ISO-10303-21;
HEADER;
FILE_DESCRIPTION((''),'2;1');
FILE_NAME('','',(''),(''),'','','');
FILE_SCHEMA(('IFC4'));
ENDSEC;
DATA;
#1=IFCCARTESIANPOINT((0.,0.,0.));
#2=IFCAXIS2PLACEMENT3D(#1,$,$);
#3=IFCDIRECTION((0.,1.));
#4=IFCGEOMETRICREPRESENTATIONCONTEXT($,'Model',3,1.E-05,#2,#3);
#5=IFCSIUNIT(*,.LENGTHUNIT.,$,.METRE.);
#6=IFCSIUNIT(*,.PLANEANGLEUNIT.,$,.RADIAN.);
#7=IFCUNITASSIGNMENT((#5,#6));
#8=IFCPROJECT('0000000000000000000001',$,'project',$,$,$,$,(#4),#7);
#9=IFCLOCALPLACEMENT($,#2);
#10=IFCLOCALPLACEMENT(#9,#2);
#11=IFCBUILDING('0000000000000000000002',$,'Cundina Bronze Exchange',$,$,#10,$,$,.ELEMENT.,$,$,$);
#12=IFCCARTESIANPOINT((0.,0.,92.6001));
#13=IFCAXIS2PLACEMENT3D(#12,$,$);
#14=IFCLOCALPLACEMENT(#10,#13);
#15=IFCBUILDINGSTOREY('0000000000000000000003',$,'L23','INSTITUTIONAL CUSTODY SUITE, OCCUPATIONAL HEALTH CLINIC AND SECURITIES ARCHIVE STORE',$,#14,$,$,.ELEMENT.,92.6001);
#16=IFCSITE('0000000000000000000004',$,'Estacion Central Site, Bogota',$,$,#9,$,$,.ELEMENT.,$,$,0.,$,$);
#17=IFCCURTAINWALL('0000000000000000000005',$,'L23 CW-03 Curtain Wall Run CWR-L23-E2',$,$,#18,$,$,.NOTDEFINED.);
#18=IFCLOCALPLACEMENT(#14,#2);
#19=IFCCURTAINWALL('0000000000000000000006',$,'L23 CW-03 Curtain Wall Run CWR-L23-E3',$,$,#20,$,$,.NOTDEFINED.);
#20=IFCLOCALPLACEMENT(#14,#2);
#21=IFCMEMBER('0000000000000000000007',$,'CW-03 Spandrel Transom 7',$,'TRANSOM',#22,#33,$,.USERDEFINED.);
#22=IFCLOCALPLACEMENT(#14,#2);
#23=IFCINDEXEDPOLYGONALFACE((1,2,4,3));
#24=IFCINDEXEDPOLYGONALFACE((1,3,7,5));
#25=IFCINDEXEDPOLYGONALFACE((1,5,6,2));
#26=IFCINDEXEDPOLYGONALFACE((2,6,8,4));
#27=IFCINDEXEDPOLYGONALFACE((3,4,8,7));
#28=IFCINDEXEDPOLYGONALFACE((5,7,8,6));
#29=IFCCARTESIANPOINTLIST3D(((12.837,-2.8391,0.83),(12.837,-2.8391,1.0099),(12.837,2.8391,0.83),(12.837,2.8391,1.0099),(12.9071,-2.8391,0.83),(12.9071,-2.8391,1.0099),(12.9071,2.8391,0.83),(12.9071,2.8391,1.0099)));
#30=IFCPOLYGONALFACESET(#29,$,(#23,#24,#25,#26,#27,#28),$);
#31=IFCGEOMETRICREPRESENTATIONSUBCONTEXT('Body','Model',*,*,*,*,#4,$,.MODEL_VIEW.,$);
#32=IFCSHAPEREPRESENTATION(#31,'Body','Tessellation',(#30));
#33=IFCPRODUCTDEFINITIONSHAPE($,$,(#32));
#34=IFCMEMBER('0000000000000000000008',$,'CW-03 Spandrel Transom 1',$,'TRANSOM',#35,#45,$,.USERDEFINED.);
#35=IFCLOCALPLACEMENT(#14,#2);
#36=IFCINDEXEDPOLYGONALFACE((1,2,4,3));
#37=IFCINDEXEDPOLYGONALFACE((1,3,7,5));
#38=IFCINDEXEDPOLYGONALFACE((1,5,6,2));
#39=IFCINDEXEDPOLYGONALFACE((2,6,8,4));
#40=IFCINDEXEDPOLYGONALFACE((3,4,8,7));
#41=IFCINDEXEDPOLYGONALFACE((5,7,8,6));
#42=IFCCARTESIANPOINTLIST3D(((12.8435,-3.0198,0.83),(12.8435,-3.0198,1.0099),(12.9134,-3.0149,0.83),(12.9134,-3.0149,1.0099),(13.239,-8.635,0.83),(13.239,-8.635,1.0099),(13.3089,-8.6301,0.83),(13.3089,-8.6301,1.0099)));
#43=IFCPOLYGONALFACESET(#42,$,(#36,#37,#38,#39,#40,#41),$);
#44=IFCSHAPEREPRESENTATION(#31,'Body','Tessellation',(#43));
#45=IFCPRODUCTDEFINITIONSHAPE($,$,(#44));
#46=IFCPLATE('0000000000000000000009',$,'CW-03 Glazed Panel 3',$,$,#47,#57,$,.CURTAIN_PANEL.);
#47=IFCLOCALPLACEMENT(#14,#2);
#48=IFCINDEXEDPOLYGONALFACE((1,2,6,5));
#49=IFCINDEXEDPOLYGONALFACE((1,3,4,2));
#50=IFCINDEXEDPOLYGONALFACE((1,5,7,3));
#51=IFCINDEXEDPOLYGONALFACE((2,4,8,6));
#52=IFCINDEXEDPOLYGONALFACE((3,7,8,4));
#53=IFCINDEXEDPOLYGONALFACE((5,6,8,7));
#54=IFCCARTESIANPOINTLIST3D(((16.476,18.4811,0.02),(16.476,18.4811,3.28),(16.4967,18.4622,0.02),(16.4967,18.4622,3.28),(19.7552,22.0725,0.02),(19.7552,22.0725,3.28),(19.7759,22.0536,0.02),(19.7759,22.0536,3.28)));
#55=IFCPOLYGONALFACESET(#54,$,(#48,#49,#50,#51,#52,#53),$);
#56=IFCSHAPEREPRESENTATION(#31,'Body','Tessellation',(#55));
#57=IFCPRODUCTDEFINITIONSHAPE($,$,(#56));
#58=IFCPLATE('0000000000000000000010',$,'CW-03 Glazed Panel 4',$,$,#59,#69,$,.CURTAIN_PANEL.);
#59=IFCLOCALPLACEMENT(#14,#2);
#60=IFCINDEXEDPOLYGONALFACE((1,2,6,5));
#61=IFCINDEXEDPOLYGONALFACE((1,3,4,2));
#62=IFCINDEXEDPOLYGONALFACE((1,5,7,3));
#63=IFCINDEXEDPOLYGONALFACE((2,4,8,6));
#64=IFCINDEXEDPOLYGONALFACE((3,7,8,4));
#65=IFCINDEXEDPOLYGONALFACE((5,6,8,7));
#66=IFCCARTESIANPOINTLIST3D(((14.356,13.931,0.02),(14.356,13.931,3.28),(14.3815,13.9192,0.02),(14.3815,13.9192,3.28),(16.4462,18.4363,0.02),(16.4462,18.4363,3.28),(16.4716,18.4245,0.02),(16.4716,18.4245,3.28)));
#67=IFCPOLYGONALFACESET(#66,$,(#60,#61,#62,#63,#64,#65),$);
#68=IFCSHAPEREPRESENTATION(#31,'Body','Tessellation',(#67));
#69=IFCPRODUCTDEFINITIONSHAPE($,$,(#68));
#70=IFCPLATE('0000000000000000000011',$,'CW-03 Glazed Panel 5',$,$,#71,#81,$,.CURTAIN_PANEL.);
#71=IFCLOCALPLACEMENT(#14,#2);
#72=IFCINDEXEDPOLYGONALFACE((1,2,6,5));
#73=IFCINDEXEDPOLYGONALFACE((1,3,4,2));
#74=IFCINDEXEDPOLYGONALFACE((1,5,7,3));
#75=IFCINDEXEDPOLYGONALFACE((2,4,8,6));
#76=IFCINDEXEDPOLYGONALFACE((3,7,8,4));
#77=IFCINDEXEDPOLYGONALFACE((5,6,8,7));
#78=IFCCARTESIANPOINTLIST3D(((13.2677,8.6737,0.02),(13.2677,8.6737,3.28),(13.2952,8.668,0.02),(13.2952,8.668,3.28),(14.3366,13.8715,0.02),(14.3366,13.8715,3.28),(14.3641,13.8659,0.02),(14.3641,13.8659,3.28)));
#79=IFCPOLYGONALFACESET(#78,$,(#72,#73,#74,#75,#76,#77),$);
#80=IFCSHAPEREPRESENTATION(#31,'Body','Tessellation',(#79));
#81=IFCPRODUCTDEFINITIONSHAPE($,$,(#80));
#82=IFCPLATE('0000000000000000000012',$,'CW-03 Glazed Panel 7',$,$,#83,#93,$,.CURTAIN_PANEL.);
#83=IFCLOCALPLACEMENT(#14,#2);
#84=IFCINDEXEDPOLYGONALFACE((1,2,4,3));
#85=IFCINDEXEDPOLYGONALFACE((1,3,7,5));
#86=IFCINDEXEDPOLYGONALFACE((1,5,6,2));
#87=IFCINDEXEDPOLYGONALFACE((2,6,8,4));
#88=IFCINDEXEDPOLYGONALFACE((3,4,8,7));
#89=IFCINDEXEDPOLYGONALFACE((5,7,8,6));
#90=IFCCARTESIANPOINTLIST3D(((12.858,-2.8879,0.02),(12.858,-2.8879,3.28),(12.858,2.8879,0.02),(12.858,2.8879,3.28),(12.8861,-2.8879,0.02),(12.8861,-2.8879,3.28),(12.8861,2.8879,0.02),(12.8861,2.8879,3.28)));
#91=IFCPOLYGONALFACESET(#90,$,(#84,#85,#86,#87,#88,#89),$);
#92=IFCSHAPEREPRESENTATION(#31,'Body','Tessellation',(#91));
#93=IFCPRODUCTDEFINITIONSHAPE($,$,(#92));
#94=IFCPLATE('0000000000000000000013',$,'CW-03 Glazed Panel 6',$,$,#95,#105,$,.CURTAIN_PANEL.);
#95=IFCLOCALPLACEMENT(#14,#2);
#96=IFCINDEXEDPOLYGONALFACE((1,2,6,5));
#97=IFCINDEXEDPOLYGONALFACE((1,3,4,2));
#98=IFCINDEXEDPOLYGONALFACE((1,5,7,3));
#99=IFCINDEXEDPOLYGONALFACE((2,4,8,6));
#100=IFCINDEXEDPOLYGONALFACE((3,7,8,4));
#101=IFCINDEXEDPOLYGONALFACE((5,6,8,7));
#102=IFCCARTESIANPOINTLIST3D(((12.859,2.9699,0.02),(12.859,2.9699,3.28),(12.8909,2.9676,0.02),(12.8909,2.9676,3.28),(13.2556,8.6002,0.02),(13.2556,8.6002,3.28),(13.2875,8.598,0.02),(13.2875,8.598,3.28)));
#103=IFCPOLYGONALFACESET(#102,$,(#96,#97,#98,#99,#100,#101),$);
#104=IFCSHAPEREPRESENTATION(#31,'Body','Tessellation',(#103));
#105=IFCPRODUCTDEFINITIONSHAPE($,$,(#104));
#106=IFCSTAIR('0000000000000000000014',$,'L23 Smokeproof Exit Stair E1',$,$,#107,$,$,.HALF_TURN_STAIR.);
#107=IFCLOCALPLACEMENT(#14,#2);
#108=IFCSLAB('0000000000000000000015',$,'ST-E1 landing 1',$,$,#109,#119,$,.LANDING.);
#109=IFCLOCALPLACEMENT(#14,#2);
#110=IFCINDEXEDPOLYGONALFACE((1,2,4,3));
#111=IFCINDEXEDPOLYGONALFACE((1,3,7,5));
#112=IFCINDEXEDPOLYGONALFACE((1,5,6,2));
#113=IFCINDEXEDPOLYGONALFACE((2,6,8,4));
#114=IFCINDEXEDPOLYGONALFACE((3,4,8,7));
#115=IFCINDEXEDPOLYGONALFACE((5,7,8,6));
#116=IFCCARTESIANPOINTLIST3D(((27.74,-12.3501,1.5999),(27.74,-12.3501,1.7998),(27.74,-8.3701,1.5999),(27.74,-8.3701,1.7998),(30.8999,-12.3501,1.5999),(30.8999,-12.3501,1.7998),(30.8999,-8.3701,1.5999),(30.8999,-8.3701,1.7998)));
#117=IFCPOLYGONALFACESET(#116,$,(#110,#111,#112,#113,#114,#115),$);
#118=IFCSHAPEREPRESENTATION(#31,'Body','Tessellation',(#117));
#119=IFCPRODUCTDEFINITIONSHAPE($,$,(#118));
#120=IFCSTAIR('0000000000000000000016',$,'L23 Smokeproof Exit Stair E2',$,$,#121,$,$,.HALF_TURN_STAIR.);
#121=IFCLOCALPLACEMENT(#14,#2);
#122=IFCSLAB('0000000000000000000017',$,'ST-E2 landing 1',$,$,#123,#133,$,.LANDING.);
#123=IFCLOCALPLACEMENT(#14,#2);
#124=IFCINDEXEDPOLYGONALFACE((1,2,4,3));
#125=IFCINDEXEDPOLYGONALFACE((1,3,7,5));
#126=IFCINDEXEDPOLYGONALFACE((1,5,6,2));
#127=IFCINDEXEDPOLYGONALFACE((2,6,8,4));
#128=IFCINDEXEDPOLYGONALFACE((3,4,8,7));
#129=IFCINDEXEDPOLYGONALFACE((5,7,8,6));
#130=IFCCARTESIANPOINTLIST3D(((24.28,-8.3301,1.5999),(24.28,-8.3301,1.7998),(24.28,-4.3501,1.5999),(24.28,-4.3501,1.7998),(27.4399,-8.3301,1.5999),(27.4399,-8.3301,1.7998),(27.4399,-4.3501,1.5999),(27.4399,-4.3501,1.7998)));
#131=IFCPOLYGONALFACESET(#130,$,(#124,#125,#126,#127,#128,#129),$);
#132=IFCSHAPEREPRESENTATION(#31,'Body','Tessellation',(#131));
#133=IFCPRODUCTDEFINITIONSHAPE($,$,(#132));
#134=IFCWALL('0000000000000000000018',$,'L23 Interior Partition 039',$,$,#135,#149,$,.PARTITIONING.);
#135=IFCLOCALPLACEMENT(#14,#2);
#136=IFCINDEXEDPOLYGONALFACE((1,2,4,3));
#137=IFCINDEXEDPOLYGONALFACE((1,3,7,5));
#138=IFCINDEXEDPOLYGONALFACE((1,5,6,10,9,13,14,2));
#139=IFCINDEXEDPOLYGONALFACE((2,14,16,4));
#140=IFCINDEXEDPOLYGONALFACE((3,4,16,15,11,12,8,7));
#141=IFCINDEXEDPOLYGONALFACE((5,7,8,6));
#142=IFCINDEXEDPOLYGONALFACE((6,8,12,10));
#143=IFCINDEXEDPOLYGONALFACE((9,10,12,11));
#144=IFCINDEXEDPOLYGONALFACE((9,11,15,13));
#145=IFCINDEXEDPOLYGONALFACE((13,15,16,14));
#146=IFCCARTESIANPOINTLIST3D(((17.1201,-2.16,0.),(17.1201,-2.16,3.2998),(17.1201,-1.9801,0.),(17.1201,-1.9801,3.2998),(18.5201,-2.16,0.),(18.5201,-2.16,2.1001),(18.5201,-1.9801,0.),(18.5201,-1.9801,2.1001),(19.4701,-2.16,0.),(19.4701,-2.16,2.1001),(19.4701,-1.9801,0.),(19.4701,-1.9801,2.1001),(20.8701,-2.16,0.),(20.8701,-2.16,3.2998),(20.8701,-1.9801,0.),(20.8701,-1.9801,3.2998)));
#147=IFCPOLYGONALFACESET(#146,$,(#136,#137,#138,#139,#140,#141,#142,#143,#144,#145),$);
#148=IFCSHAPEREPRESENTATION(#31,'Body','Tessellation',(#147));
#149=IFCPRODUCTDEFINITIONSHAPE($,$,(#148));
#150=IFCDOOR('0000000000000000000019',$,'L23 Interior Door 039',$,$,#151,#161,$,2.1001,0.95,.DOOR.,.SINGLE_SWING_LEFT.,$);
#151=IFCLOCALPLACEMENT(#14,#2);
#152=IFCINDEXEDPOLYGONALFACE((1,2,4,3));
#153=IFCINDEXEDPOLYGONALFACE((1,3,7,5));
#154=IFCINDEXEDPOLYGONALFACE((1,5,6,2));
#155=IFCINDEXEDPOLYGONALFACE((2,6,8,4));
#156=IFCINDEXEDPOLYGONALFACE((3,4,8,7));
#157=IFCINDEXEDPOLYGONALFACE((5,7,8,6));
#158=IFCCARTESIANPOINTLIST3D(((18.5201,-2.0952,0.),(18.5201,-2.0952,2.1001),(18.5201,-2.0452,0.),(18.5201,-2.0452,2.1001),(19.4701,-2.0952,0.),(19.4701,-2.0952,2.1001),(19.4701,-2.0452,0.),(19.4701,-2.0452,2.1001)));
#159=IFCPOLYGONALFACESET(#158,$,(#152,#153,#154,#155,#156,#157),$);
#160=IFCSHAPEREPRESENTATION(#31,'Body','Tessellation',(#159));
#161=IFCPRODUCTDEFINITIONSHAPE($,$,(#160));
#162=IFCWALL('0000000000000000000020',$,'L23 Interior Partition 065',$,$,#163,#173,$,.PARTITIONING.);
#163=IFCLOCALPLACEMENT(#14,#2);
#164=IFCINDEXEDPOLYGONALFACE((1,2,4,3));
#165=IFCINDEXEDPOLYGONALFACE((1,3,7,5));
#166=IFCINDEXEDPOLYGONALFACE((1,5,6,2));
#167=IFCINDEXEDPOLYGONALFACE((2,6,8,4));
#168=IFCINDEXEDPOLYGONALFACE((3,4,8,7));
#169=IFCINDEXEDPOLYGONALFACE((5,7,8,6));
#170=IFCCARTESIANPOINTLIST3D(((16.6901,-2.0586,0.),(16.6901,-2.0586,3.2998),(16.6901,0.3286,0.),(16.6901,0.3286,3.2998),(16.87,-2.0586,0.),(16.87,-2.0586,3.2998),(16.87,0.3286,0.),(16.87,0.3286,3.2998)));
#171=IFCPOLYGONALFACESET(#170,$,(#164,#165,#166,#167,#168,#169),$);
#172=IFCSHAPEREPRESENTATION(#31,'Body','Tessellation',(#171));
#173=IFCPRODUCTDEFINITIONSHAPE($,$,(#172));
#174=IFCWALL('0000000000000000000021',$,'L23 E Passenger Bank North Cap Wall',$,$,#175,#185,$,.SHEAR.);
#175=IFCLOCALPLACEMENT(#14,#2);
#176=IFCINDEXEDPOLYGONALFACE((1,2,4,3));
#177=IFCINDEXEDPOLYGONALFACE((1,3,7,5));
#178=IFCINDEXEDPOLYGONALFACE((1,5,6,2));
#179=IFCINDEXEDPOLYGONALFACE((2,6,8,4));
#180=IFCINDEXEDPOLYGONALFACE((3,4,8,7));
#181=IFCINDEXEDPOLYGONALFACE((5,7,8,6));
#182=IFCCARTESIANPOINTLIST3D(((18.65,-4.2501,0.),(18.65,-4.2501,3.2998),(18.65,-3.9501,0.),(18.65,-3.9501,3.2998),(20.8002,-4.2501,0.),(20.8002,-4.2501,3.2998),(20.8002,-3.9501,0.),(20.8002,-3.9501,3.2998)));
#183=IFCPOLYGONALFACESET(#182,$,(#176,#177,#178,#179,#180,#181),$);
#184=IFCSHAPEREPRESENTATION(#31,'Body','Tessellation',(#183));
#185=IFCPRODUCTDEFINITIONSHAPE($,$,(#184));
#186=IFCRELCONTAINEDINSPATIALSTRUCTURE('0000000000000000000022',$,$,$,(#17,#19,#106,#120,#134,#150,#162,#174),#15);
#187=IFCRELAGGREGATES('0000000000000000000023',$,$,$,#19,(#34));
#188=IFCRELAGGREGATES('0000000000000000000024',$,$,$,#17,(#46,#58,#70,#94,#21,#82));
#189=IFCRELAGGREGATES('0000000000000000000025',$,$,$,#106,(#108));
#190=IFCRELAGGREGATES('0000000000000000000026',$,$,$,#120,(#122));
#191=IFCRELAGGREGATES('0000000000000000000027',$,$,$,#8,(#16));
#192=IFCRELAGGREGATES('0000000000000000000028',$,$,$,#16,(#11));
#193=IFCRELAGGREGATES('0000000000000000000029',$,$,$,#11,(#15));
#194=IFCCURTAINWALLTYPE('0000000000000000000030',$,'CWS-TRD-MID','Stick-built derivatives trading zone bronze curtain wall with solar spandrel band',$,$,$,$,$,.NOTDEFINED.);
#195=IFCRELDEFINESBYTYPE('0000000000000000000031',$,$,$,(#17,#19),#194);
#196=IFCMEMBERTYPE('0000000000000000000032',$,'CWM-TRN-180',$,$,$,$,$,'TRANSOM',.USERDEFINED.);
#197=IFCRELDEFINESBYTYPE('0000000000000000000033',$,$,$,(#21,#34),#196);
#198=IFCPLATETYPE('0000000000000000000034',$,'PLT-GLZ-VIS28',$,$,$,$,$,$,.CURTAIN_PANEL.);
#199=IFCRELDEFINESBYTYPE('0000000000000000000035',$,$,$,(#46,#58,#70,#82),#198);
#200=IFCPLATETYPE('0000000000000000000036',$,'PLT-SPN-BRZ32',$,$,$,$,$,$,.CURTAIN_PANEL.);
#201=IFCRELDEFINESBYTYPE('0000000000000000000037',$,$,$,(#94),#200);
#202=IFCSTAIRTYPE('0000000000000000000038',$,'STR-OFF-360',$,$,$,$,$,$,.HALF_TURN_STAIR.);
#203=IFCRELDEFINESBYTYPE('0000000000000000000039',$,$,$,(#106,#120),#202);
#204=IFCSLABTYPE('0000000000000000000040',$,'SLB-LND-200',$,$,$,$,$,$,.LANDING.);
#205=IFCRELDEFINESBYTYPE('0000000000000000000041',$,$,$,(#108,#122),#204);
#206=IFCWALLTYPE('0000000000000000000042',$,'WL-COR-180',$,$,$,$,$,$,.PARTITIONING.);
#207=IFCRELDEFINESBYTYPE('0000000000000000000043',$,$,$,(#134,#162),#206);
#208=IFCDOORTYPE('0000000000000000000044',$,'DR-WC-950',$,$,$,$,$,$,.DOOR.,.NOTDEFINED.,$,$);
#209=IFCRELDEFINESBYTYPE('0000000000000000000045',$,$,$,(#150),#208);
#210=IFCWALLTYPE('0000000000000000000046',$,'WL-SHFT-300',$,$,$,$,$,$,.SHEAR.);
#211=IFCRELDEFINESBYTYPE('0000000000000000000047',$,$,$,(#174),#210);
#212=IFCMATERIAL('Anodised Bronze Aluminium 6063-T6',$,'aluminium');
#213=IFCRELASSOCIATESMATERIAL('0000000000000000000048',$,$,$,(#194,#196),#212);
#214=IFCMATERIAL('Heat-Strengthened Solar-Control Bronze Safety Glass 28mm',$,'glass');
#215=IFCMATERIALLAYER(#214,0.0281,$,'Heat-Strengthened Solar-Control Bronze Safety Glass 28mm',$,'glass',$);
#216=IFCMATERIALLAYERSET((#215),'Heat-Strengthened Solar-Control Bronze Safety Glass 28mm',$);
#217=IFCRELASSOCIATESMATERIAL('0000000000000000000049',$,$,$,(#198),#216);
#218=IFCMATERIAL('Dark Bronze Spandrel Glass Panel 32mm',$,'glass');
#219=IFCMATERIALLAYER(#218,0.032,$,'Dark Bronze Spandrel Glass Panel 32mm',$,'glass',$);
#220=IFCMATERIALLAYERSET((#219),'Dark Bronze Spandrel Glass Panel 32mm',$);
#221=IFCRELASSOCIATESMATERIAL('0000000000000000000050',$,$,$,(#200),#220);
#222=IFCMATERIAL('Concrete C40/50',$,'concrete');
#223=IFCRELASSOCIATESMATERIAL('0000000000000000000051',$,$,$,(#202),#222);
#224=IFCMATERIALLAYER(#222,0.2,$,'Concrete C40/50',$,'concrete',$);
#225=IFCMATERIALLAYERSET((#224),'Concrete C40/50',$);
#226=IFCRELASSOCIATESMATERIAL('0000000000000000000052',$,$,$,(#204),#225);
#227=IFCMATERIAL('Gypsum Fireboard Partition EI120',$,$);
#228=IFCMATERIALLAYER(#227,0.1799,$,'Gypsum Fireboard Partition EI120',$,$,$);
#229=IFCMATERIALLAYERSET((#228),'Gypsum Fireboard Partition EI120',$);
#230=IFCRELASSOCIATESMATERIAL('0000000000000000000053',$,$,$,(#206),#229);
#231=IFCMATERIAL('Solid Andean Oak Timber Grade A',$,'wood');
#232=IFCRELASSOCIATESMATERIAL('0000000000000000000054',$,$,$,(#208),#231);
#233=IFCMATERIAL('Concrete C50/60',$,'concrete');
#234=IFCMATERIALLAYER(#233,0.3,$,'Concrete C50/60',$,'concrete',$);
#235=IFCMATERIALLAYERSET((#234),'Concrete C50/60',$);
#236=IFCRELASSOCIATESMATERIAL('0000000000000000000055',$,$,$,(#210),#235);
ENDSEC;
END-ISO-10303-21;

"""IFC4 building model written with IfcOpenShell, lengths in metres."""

from ifc_helpers import new_model, si_unit, direction, frame, frame_2d, origin, origin_2d, place, context, subcontext, project, spatial, polyline, rectangle, outline, extrude, material, layer, layer_set, material_profile, profile_set, type_object, element, fill, aggregate, save


model = new_model("IFC4")

# Units and contexts
model_context = context("Model", 3, precision=1e-05, world=origin(), true_north=direction((0.0, 1.0)))
body_context = subcontext(model_context, "Body", "Model", "MODEL_VIEW")
ifc_project = project(units=[si_unit("LENGTHUNIT", "METRE"), si_unit("PLANEANGLEUNIT", "RADIAN")], contexts=[model_context])

# Site, building, storey
site_placement = place(None, origin())
site = spatial("IfcSite", under=ifc_project, at=site_placement, Name="Estacion Central Site, Bogota", CompositionType="ELEMENT", RefElevation=0.0)
building_placement = place(site_placement, origin())
building = spatial("IfcBuilding", under=site, at=building_placement, Name="Cundina Bronze Exchange", CompositionType="ELEMENT")
storey_placement = place(building_placement, frame((0.0, 0.0, 92.6001)))
storey = spatial("IfcBuildingStorey", under=building, at=storey_placement, Name="L23", Description="INSTITUTIONAL CUSTODY SUITE, OCCUPATIONAL HEALTH CLINIC AND SECURITIES ARCHIVE STORE", CompositionType="ELEMENT", Elevation=92.6001)

# Curtain wall
ifc_material_1 = material(Name="Anodised Bronze Aluminium 6063-T6", Category="aluminium")
curtain_wall_type = type_object("IfcCurtainWallType", Name="CWS-TRD-MID", Description="Stick-built derivatives trading zone bronze curtain wall with solar spandrel band", PredefinedType="NOTDEFINED", material=ifc_material_1)
curtain_wall_1_placement = place(storey_placement, origin())
curtain_wall_1 = element("IfcCurtainWall", 1, at=curtain_wall_1_placement, inside=storey, type_object=curtain_wall_type, Name="L23 CW-03 Curtain Wall Run CWR-L23-E2", PredefinedType="NOTDEFINED")

# Curtain wall
curtain_wall_2_placement = place(storey_placement, origin())
curtain_wall_2 = element("IfcCurtainWall", 2, at=curtain_wall_2_placement, inside=storey, type_object=curtain_wall_type, Name="L23 CW-03 Curtain Wall Run CWR-L23-E3", PredefinedType="NOTDEFINED")

# Members
ifc_material_profile_1 = material_profile(ifc_material_1, rectangle(XDim=0.0701, YDim=0.1799, at=origin_2d()), Name="AL70X180", Category="aluminium")
ifc_profile_set_1 = profile_set([ifc_material_profile_1], Name="Anodised Bronze Aluminium 6063-T6")
member_type_1 = type_object("IfcMemberType", Name="CWM-TRN-180", ElementType="TRANSOM", PredefinedType="USERDEFINED", material=ifc_profile_set_1)
member_1_placement = place(storey_placement, frame((12.8721, 2.8391, 0.9199), z_axis=(0.0, -1.0, 0.0), x_axis=(1.0, 0.0, 0.0)))
member_1 = element("IfcMember", 3, at=member_1_placement, type_object=member_type_1, Name="CW-03 Spandrel Transom 7", ObjectType="TRANSOM", PredefinedType="USERDEFINED", context=body_context, shape_type="SweptSolid", body=[
    extrude(rectangle(XDim=0.0701, YDim=0.1799, at=origin_2d()), origin(), (0.0, 0.0, 1.0), 5.6782),
])
member_2_placement = place(storey_placement, frame((12.8784, -3.0173, 0.9199), z_axis=(0.070261, -0.997529, 0.0), x_axis=(0.997529, 0.070261, 0.0)))
member_2 = element("IfcMember", 4, at=member_2_placement, type_object=member_type_1, Name="CW-03 Spandrel Transom 1", ObjectType="TRANSOM", PredefinedType="USERDEFINED", context=body_context, shape_type="SweptSolid", body=[
    extrude(rectangle(XDim=0.0701, YDim=0.1799, at=origin_2d()), origin(), (0.0, 0.0, 1.0), 5.6292),
])
aggregate(curtain_wall_2, [member_2])

# Plates
ifc_material_2 = material(Name="Heat-Strengthened Solar-Control Bronze Safety Glass 28mm", Category="glass")
ifc_layer_1 = layer(ifc_material_2, 0.0281, Name="Heat-Strengthened Solar-Control Bronze Safety Glass 28mm", Category="glass")
ifc_layer_set_1 = layer_set([ifc_layer_1], Name="Heat-Strengthened Solar-Control Bronze Safety Glass 28mm")
plate_type_1 = type_object("IfcPlateType", Name="PLT-GLZ-VIS28", PredefinedType="CURTAIN_PANEL", material=ifc_layer_set_1)
plate_1_placement = place(storey_placement, frame((18.126, 20.2673, 0.02), z_axis=(0.0, 0.0, 1.0), x_axis=(-0.674277, -0.738479, 0.0)))
plate_1 = element("IfcPlate", 5, at=plate_1_placement, type_object=plate_type_1, Name="CW-03 Glazed Panel 3", PredefinedType="CURTAIN_PANEL", context=body_context, shape_type="SweptSolid", body=[
    extrude(rectangle(XDim=4.8633, YDim=0.0281, at=origin_2d()), origin(), (0.0, 0.0, 1.0), 3.26),
])
plate_2_placement = place(storey_placement, frame((15.4138, 16.1777, 0.02), z_axis=(0.0, 0.0, 1.0), x_axis=(-0.420846, -0.907132, 0.0)))
plate_2 = element("IfcPlate", 6, at=plate_2_placement, type_object=plate_type_1, Name="CW-03 Glazed Panel 4", PredefinedType="CURTAIN_PANEL", context=body_context, shape_type="SweptSolid", body=[
    extrude(rectangle(XDim=4.9666, YDim=0.0281, at=origin_2d()), origin(), (0.0, 0.0, 1.0), 3.26),
])
plate_3_placement = place(storey_placement, frame((13.8159, 11.2698, 0.02), z_axis=(0.0, 0.0, 1.0), x_axis=(-0.20142, -0.979505, 0.0)))
plate_3 = element("IfcPlate", 7, at=plate_3_placement, type_object=plate_type_1, Name="CW-03 Glazed Panel 5", PredefinedType="CURTAIN_PANEL", context=body_context, shape_type="SweptSolid", body=[
    extrude(rectangle(XDim=5.3066, YDim=0.0281, at=origin_2d()), origin(), (0.0, 0.0, 1.0), 3.26),
])
plate_4_placement = place(storey_placement, frame((12.8721, 0.0, 0.02), z_axis=(0.0, 0.0, 1.0), x_axis=(0.0, -1.0, 0.0)))
plate_4 = element("IfcPlate", 8, at=plate_4_placement, type_object=plate_type_1, Name="CW-03 Glazed Panel 7", PredefinedType="CURTAIN_PANEL", context=body_context, shape_type="SweptSolid", body=[
    extrude(rectangle(XDim=5.7759, YDim=0.0281, at=origin_2d()), origin(), (0.0, 0.0, 1.0), 3.26),
])
ifc_material_3 = material(Name="Dark Bronze Spandrel Glass Panel 32mm", Category="glass")
ifc_layer_2 = layer(ifc_material_3, 0.032, Name="Dark Bronze Spandrel Glass Panel 32mm", Category="glass")
ifc_layer_set_2 = layer_set([ifc_layer_2], Name="Dark Bronze Spandrel Glass Panel 32mm")
plate_type_2 = type_object("IfcPlateType", Name="PLT-SPN-BRZ32", PredefinedType="CURTAIN_PANEL", material=ifc_layer_set_2)
plate_5_placement = place(storey_placement, frame((13.0732, 5.7839, 0.02), z_axis=(0.0, 0.0, 1.0), x_axis=(-0.070279, -0.997527, 0.0)))
plate_5 = element("IfcPlate", 9, at=plate_5_placement, type_object=plate_type_2, Name="CW-03 Glazed Panel 6", PredefinedType="CURTAIN_PANEL", context=body_context, shape_type="SweptSolid", body=[
    extrude(rectangle(XDim=5.6443, YDim=0.032, at=origin_2d()), origin(), (0.0, 0.0, 1.0), 3.26),
])
aggregate(curtain_wall_1, [plate_1, plate_2, plate_3, plate_5, member_1, plate_4])

# Stairs, slabs
ifc_material_4 = material(Name="Concrete C40/50", Category="concrete")
stair_type = type_object("IfcStairType", Name="STR-OFF-360", PredefinedType="HALF_TURN_STAIR", material=ifc_material_4)
stair_1_placement = place(storey_placement, origin())
stair_1 = element("IfcStair", 10, at=stair_1_placement, inside=storey, type_object=stair_type, Name="L23 Smokeproof Exit Stair E1", PredefinedType="HALF_TURN_STAIR")
ifc_layer_3 = layer(ifc_material_4, 0.2, Name="Concrete C40/50", Category="concrete")
ifc_layer_set_3 = layer_set([ifc_layer_3], Name="Concrete C40/50")
slab_type = type_object("IfcSlabType", Name="SLB-LND-200", PredefinedType="LANDING", material=ifc_layer_set_3)
slab_1_placement = place(storey_placement, frame((0.0, 0.0, 1.5999)))
slab_1 = element("IfcSlab", 11, at=slab_1_placement, type_object=slab_type, Name="ST-E1 landing 1", PredefinedType="LANDING", context=body_context, shape_type="SweptSolid", body=[
    extrude(outline(polyline([(27.74, -8.3701), (27.74, -12.3501), (30.8999, -12.3501), (30.8999, -8.3701), (27.74, -8.3701)])), origin(), (0.0, 0.0, 1.0), 0.2),
])
aggregate(stair_1, [slab_1])
stair_2_placement = place(storey_placement, origin())
stair_2 = element("IfcStair", 12, at=stair_2_placement, inside=storey, type_object=stair_type, Name="L23 Smokeproof Exit Stair E2", PredefinedType="HALF_TURN_STAIR")
slab_2_placement = place(storey_placement, frame((0.0, 0.0, 1.5999)))
slab_2 = element("IfcSlab", 13, at=slab_2_placement, type_object=slab_type, Name="ST-E2 landing 1", PredefinedType="LANDING", context=body_context, shape_type="SweptSolid", body=[
    extrude(outline(polyline([(27.4399, -8.3301), (27.4399, -4.3501), (24.28, -4.3501), (24.28, -8.3301), (27.4399, -8.3301)])), origin(), (0.0, 0.0, 1.0), 0.2),
])
aggregate(stair_2, [slab_2])

# Wall, opening, door
ifc_material_5 = material(Name="Gypsum Fireboard Partition EI120")
ifc_layer_4 = layer(ifc_material_5, 0.1799, Name="Gypsum Fireboard Partition EI120")
ifc_layer_set_4 = layer_set([ifc_layer_4], Name="Gypsum Fireboard Partition EI120")
wall_type_1 = type_object("IfcWallType", Name="WL-COR-180", PredefinedType="PARTITIONING", material=ifc_layer_set_4)
wall_1_placement = place(storey_placement, frame((17.1201, -2.0701, 0.0), z_axis=(0.0, 0.0, 1.0), x_axis=(1.0, 0.0, 0.0)))
wall_1 = element("IfcWall", 14, at=wall_1_placement, inside=storey, type_object=wall_type_1, Name="L23 Interior Partition 039", PredefinedType="PARTITIONING", context=body_context, shape_type="SweptSolid", body=[
    extrude(rectangle(XDim=3.75, YDim=0.1799, at=frame_2d((1.875, 0.0))), origin(), (0.0, 0.0, 1.0), 3.2998),
])
opening_placement = place(wall_1_placement, frame((1.3999, 0.0, 0.0)))
opening = element("IfcOpeningElement", 15, at=opening_placement, cuts=wall_1, PredefinedType="OPENING", context=body_context, shape_type="SweptSolid", body=[
    extrude(rectangle(XDim=0.95, YDim=2.1001, at=frame_2d((0.4751, 1.05))), frame((0.0, 0.0999, 0.0), z_axis=(0.0, -1.0, 0.0), x_axis=(1.0, 0.0, 0.0)), (0.0, 0.0, 1.0), 0.2),
])
ifc_material_6 = material(Name="Solid Andean Oak Timber Grade A", Category="wood")
door_type = type_object("IfcDoorType", Name="DR-WC-950", OperationType="NOTDEFINED", PredefinedType="DOOR", material=ifc_material_6)
door_placement = place(opening_placement, origin())
door = element("IfcDoor", 16, at=door_placement, inside=storey, type_object=door_type, Name="L23 Interior Door 039", OperationType="SINGLE_SWING_LEFT", OverallHeight=2.1001, OverallWidth=0.95, PredefinedType="DOOR", context=body_context, shape_type="SweptSolid", body=[
    extrude(rectangle(XDim=0.95, YDim=2.1001, at=frame_2d((0.4751, 1.05))), frame((0.0, 0.0249, 0.0), z_axis=(0.0, -1.0, 0.0), x_axis=(1.0, 0.0, 0.0)), (0.0, 0.0, 1.0), 0.05),
])
fill(opening, door)

# Walls
wall_2_placement = place(storey_placement, frame((16.78, 0.3286, 0.0), z_axis=(0.0, 0.0, 1.0), x_axis=(0.0, -1.0, 0.0)))
element("IfcWall", 17, at=wall_2_placement, inside=storey, type_object=wall_type_1, Name="L23 Interior Partition 065", PredefinedType="PARTITIONING", context=body_context, shape_type="SweptSolid", body=[
    extrude(rectangle(XDim=2.3872, YDim=0.1799, at=frame_2d((1.1936, 0.0))), origin(), (0.0, 0.0, 1.0), 3.2998),
])
ifc_material_7 = material(Name="Concrete C50/60", Category="concrete")
ifc_layer_5 = layer(ifc_material_7, 0.3, Name="Concrete C50/60", Category="concrete")
ifc_layer_set_5 = layer_set([ifc_layer_5], Name="Concrete C50/60")
wall_type_2 = type_object("IfcWallType", Name="WL-SHFT-300", PredefinedType="SHEAR", material=ifc_layer_set_5)
wall_3_placement = place(storey_placement, frame((18.6499, -4.1001, 0.0), z_axis=(0.0, 0.0, 1.0), x_axis=(1.0, 0.0, 0.0)))
element("IfcWall", 18, at=wall_3_placement, inside=storey, type_object=wall_type_2, Name="L23 E Passenger Bank North Cap Wall", PredefinedType="SHEAR", context=body_context, shape_type="SweptSolid", body=[
    extrude(rectangle(XDim=2.1501, YDim=0.3, at=frame_2d((1.0752, 0.0))), origin(), (0.0, 0.0, 1.0), 3.2998),
])

save(model, "model.ifc")
